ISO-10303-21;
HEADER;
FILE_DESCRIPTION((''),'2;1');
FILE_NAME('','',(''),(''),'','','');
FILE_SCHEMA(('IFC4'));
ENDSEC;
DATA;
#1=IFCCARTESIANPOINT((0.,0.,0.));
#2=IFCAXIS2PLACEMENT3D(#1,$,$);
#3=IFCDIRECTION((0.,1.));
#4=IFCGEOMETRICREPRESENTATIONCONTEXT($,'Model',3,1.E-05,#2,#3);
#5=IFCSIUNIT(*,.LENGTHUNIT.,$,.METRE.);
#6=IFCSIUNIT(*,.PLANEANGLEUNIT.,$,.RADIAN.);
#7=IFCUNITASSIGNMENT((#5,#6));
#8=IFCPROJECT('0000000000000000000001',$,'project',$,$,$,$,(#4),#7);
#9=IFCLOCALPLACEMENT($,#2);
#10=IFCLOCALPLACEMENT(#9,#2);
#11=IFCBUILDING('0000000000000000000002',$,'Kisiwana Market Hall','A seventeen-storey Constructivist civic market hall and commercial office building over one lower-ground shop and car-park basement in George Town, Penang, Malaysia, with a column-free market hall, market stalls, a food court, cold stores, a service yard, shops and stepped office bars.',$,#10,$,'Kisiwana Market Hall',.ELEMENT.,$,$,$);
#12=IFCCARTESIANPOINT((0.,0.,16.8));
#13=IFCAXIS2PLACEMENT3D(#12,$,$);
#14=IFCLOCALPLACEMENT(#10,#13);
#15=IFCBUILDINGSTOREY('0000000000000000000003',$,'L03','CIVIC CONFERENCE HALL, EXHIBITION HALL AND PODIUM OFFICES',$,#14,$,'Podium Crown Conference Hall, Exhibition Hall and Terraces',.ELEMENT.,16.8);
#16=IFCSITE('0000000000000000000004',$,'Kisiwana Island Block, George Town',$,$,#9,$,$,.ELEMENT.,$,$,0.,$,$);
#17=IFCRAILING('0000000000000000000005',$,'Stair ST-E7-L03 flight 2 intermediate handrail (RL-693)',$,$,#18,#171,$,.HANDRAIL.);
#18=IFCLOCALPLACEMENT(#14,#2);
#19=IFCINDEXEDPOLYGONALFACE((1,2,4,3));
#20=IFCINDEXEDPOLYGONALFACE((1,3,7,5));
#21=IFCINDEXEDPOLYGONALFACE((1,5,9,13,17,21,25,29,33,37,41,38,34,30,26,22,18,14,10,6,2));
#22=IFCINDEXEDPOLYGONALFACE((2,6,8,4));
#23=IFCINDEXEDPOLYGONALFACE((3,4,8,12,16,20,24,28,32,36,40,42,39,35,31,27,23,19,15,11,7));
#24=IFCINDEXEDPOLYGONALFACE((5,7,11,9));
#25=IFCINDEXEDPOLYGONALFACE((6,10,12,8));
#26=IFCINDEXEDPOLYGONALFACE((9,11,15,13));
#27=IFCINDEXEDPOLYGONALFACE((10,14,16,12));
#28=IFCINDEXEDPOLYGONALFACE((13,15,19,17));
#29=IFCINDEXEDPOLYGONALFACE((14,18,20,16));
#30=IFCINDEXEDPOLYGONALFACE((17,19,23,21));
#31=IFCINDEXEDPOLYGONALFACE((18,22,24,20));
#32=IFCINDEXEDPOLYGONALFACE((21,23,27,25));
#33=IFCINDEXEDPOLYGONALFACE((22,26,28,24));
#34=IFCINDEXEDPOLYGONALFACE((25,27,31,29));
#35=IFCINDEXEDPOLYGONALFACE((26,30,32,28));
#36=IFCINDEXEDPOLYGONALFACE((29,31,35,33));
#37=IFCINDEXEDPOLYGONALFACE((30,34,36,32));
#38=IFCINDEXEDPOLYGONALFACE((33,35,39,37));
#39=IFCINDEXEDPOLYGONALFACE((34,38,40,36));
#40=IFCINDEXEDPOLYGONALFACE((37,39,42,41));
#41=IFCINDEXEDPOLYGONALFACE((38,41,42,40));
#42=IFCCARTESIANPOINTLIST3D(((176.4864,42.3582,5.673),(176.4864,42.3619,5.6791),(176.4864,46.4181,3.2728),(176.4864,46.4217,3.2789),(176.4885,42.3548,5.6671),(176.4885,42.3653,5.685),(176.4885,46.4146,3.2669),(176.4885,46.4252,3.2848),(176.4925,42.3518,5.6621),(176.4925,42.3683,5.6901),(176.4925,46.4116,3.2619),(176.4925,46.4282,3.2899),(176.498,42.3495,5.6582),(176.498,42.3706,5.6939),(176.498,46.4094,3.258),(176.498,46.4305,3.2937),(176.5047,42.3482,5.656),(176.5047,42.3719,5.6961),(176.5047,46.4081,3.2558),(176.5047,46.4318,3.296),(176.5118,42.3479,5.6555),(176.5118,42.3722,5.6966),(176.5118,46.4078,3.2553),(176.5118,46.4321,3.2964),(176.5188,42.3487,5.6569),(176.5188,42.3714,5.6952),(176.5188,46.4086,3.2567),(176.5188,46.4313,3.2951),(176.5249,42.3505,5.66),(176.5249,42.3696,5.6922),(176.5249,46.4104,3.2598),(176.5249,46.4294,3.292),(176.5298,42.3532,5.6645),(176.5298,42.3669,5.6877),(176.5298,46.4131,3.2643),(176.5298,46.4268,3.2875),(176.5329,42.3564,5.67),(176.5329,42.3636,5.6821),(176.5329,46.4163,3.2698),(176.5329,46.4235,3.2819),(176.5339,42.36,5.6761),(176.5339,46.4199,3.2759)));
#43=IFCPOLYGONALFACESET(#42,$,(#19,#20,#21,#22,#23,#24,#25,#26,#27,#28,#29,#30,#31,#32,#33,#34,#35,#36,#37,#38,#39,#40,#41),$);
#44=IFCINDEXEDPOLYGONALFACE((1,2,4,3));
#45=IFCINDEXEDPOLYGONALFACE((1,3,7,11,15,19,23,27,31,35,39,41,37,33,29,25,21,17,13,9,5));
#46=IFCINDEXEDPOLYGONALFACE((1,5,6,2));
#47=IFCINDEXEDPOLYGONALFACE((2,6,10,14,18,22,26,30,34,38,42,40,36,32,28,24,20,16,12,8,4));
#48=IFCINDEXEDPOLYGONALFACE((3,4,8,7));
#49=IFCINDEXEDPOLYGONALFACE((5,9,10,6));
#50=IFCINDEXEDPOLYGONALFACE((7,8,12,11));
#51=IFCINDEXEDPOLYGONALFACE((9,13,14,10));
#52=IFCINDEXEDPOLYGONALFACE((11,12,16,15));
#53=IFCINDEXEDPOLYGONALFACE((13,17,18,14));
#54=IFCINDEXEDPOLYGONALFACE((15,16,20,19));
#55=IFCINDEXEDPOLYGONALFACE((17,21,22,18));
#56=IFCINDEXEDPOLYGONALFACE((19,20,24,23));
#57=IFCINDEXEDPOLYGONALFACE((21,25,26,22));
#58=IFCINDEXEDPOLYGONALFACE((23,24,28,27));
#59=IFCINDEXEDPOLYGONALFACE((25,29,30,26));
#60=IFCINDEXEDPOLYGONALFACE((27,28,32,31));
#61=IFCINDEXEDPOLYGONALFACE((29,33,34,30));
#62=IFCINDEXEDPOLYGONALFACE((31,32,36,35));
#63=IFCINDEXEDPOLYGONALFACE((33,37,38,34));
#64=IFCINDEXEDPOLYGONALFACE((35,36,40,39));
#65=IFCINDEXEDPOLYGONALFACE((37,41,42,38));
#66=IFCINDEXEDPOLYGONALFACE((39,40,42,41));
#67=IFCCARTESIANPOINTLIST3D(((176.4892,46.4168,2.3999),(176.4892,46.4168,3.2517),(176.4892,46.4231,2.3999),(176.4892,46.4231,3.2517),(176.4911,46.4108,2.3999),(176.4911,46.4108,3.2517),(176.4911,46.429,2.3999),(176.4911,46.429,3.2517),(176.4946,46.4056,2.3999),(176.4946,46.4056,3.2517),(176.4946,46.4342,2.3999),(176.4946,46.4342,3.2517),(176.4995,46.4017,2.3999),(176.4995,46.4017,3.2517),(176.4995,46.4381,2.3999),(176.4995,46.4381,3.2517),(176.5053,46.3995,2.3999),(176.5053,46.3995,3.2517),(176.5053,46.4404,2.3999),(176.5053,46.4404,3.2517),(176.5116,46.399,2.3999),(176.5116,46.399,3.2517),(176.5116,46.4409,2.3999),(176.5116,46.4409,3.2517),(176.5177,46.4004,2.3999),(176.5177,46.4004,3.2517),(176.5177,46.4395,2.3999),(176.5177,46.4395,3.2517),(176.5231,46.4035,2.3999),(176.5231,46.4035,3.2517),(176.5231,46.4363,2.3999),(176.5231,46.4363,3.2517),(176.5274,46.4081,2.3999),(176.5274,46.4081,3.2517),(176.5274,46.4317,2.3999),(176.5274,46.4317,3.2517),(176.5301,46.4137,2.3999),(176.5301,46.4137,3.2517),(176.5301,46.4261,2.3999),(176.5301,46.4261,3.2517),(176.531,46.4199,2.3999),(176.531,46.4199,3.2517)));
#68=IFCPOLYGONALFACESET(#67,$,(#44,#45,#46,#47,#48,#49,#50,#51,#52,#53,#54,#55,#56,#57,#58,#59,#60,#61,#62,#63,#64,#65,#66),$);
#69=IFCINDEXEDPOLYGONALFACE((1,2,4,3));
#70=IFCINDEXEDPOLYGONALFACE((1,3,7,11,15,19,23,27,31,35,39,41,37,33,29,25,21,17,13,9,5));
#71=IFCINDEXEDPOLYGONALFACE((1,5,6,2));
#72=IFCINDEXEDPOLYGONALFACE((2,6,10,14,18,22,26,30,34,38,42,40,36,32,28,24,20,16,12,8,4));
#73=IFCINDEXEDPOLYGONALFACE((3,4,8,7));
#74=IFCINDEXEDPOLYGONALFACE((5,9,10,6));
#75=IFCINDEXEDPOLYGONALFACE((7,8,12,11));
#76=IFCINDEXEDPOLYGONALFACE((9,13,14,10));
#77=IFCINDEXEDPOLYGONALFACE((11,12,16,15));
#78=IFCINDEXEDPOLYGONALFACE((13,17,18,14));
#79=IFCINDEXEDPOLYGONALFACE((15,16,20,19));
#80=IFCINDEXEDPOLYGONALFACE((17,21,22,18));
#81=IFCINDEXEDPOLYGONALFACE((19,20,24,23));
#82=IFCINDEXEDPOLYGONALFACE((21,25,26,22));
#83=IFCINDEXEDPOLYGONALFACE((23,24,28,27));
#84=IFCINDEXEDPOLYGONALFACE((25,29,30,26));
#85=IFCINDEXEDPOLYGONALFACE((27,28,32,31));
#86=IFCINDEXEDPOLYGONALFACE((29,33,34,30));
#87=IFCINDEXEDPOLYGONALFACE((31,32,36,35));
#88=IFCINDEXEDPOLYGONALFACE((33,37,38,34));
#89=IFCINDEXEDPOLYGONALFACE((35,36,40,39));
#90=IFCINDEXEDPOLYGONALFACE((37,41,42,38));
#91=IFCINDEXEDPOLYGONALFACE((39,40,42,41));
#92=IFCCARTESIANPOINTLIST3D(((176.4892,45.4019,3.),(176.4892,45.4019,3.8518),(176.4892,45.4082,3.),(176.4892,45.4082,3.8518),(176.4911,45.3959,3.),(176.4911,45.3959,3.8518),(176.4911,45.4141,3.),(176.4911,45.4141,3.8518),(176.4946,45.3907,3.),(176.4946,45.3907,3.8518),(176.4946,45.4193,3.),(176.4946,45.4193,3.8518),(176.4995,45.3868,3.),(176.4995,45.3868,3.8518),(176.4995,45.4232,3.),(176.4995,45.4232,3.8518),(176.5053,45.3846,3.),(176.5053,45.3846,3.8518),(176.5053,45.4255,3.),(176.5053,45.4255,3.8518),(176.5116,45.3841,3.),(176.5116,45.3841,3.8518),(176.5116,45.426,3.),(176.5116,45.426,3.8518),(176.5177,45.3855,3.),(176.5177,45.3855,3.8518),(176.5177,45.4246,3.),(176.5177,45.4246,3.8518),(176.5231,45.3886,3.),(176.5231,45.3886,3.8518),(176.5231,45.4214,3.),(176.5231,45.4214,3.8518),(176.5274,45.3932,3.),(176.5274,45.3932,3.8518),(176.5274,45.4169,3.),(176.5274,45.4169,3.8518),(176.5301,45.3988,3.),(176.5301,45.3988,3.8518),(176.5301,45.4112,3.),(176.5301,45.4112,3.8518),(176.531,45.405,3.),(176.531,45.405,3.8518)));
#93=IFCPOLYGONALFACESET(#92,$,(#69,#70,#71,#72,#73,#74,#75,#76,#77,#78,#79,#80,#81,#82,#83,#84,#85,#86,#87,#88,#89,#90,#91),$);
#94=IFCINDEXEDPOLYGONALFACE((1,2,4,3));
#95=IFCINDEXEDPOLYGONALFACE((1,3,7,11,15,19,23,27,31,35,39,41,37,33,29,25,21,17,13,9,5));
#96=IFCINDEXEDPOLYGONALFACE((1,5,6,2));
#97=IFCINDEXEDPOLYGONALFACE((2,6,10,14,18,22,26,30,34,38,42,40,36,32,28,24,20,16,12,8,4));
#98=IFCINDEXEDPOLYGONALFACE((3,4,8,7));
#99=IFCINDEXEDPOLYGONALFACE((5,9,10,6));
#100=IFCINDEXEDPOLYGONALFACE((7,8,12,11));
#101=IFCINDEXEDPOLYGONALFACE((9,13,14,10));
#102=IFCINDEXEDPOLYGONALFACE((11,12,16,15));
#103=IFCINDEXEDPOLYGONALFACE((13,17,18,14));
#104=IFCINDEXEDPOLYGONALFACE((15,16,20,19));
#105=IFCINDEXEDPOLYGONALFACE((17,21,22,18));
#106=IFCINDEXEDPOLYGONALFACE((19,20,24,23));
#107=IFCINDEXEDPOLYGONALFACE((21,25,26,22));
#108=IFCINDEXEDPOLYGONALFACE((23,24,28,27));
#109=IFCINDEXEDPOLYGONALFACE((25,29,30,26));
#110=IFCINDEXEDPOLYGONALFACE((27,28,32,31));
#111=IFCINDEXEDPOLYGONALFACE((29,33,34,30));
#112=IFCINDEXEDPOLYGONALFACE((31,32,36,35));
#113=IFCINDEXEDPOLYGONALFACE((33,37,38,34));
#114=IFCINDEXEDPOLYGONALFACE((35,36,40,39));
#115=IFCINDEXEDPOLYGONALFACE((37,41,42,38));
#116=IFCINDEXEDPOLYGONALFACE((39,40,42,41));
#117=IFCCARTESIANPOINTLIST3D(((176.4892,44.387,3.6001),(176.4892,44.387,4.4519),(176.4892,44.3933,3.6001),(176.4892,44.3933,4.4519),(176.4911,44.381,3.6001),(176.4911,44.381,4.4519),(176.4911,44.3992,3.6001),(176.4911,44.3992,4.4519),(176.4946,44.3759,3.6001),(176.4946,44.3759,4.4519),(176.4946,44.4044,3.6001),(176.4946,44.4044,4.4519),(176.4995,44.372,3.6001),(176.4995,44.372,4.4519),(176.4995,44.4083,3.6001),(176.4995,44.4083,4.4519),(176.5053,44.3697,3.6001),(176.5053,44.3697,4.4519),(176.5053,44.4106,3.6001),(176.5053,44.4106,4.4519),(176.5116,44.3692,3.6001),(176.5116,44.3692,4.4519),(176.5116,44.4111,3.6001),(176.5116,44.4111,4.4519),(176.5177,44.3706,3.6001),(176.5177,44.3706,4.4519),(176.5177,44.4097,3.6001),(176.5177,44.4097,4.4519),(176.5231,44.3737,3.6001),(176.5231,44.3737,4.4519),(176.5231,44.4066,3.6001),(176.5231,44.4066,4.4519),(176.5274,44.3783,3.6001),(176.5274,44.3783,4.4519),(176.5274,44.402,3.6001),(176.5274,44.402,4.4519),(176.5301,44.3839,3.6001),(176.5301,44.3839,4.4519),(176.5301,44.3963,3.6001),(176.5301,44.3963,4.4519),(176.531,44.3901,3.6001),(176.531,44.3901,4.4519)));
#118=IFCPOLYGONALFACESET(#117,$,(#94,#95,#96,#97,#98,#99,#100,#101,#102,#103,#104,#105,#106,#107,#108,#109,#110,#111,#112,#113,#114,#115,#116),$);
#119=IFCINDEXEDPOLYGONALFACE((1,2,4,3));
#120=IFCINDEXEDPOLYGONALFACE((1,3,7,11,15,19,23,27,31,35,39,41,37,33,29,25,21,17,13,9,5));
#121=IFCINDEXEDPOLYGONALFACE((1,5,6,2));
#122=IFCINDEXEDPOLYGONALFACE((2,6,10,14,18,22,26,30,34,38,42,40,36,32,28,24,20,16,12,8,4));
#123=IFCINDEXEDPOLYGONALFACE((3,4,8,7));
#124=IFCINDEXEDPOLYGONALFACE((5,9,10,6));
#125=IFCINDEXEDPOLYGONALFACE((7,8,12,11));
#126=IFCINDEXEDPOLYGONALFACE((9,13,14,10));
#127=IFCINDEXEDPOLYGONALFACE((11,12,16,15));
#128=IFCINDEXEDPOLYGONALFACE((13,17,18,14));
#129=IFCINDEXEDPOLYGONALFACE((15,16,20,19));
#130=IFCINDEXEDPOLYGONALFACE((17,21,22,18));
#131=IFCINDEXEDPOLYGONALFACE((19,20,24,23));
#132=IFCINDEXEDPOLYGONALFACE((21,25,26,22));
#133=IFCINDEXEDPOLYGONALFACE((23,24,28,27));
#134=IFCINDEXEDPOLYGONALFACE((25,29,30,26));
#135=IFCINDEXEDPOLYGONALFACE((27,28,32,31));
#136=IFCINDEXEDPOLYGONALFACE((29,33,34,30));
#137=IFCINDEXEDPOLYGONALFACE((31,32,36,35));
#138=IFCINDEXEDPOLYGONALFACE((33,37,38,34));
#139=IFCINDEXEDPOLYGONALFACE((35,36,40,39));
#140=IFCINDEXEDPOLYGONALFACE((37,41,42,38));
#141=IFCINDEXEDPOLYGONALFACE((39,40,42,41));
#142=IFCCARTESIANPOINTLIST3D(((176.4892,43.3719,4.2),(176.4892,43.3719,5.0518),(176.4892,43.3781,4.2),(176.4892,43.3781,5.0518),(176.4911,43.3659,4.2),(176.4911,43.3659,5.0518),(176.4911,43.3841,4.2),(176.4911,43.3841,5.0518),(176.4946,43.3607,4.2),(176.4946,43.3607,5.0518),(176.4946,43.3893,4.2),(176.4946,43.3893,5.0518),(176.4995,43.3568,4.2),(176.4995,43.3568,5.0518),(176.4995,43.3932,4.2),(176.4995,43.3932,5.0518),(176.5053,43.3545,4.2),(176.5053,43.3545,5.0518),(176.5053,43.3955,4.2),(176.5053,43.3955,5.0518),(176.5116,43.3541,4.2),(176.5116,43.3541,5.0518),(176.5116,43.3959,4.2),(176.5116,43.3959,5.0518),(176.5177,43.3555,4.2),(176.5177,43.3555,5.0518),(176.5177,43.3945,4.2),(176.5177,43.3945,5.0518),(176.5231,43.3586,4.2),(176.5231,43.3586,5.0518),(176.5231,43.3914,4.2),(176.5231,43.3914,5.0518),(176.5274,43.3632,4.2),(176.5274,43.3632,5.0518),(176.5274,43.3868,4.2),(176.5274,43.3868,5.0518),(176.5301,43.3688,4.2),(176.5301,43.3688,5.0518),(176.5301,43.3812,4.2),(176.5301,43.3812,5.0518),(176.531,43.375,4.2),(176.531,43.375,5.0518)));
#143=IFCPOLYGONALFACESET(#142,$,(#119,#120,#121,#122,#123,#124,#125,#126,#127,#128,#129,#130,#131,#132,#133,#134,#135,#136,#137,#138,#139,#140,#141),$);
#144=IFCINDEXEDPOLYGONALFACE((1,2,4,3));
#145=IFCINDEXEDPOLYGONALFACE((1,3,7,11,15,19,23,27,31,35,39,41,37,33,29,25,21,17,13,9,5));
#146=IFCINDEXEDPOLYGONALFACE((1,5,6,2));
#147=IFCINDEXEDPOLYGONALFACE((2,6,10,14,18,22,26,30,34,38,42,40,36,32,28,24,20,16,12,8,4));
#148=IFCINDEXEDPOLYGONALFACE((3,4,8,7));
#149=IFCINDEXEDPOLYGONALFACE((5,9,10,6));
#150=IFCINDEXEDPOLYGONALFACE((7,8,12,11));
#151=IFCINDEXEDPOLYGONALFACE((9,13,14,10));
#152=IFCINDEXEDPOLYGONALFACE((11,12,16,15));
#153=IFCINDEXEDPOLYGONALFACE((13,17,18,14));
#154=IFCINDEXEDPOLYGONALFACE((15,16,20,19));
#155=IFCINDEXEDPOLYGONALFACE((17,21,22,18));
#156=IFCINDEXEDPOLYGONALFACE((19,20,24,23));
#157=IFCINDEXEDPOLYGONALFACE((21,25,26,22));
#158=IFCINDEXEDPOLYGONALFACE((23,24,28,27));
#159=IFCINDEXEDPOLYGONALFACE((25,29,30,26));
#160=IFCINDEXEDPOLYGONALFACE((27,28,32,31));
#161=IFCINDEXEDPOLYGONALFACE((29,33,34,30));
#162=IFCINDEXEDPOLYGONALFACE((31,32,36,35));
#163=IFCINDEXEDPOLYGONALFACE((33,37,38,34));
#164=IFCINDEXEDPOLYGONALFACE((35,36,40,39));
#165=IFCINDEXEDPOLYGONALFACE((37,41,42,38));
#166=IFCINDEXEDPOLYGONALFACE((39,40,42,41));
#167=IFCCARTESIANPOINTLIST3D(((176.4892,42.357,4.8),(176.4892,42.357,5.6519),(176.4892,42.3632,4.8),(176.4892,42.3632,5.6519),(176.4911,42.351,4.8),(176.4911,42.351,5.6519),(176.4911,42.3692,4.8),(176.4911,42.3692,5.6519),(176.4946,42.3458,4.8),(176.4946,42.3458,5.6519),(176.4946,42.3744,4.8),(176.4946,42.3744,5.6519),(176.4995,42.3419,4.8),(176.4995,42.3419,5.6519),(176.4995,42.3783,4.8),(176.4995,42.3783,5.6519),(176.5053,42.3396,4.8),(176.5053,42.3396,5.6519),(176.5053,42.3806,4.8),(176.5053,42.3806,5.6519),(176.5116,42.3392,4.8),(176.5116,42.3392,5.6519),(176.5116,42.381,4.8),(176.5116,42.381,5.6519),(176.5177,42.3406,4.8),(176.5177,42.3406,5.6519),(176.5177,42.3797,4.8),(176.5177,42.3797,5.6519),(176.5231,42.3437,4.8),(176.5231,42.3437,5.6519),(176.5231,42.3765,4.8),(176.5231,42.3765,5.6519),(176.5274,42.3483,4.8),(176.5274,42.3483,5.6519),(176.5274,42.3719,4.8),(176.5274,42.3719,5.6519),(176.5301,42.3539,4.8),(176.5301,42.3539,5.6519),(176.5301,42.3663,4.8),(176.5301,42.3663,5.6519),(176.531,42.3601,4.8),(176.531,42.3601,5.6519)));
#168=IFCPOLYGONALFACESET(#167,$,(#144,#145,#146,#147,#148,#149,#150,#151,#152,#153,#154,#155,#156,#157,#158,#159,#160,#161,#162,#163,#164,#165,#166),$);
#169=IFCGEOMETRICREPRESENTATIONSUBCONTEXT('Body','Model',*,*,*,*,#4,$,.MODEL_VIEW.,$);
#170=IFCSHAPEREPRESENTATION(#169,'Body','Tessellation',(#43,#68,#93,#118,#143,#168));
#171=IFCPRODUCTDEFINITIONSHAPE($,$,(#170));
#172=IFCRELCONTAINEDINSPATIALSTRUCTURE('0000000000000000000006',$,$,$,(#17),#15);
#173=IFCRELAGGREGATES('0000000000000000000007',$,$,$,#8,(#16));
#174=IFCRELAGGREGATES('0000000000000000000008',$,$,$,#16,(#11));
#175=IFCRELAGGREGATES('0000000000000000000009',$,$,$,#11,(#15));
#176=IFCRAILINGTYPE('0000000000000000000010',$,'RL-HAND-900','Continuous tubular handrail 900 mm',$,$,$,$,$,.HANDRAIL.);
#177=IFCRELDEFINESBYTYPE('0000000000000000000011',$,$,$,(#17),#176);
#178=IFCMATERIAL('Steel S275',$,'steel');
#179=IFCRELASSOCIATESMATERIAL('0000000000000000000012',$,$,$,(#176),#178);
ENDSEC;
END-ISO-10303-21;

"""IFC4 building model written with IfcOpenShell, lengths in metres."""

from ifc_helpers import new_model, si_unit, direction, frame, origin, origin_2d, place, context, subcontext, project, spatial, circle, extrude, material, type_object, element, save


model = new_model("IFC4")

# Units and contexts
model_context = context("Model", 3, precision=1e-05, world=origin(), true_north=direction((0.0, 1.0)))
body_context = subcontext(model_context, "Body", "Model", "MODEL_VIEW")
ifc_project = project(units=[si_unit("LENGTHUNIT", "METRE"), si_unit("PLANEANGLEUNIT", "RADIAN")], contexts=[model_context])

# Site, building, storey
site_placement = place(None, origin())
site = spatial("IfcSite", under=ifc_project, at=site_placement, Name="Kisiwana Island Block, George Town", CompositionType="ELEMENT", RefElevation=0.0)
building_placement = place(site_placement, origin())
building = spatial("IfcBuilding", under=site, at=building_placement, Name="Kisiwana Market Hall", Description="A seventeen-storey Constructivist civic market hall and commercial office building over one lower-ground shop and car-park basement in George Town, Penang, Malaysia, with a column-free market hall, market stalls, a food court, cold stores, a service yard, shops and stepped office bars.", LongName="Kisiwana Market Hall", CompositionType="ELEMENT")
storey_placement = place(building_placement, frame((0.0, 0.0, 16.8)))
storey = spatial("IfcBuildingStorey", under=building, at=storey_placement, Name="L03", Description="CIVIC CONFERENCE HALL, EXHIBITION HALL AND PODIUM OFFICES", LongName="Podium Crown Conference Hall, Exhibition Hall and Terraces", CompositionType="ELEMENT", Elevation=16.8)

# Railing
ifc_material_1 = material(Name="Steel S275", Category="steel")
railing_type_1 = type_object("IfcRailingType", Name="RL-HAND-900", Description="Continuous tubular handrail 900 mm", PredefinedType="HANDRAIL", material=ifc_material_1)
railing_1_placement = place(storey_placement, frame((176.51, 46.4199, 2.3999)))
element("IfcRailing", 1, at=railing_1_placement, inside=storey, type_object=railing_type_1, Name="Stair ST-E7-L03 flight 2 intermediate handrail (RL-693)", PredefinedType="HANDRAIL", context=body_context, shape_type="SweptSolid", body=[
    extrude(circle(Radius=0.0239, at=origin_2d()), frame((0.0, 0.0, 0.876), z_axis=(0.0, -0.860818, 0.508912), x_axis=(1.0, 0.0, 0.0)), (0.0, 0.0, 1.0), 4.7163),
    extrude(circle(Radius=0.021, at=origin_2d()), origin(), (0.0, 0.0, 1.0), 0.8518),
    extrude(circle(Radius=0.021, at=origin_2d()), frame((0.0, -1.0149, 0.6001)), (0.0, 0.0, 1.0), 0.8518),
    extrude(circle(Radius=0.021, at=origin_2d()), frame((0.0, -2.0298, 1.2002)), (0.0, 0.0, 1.0), 0.8518),
    extrude(circle(Radius=0.021, at=origin_2d()), frame((0.0, -3.0449, 1.8)), (0.0, 0.0, 1.0), 0.8518),
    extrude(circle(Radius=0.021, at=origin_2d()), frame((0.0, -4.0598, 2.4001)), (0.0, 0.0, 1.0), 0.8518),
])

save(model, "model.ifc")
